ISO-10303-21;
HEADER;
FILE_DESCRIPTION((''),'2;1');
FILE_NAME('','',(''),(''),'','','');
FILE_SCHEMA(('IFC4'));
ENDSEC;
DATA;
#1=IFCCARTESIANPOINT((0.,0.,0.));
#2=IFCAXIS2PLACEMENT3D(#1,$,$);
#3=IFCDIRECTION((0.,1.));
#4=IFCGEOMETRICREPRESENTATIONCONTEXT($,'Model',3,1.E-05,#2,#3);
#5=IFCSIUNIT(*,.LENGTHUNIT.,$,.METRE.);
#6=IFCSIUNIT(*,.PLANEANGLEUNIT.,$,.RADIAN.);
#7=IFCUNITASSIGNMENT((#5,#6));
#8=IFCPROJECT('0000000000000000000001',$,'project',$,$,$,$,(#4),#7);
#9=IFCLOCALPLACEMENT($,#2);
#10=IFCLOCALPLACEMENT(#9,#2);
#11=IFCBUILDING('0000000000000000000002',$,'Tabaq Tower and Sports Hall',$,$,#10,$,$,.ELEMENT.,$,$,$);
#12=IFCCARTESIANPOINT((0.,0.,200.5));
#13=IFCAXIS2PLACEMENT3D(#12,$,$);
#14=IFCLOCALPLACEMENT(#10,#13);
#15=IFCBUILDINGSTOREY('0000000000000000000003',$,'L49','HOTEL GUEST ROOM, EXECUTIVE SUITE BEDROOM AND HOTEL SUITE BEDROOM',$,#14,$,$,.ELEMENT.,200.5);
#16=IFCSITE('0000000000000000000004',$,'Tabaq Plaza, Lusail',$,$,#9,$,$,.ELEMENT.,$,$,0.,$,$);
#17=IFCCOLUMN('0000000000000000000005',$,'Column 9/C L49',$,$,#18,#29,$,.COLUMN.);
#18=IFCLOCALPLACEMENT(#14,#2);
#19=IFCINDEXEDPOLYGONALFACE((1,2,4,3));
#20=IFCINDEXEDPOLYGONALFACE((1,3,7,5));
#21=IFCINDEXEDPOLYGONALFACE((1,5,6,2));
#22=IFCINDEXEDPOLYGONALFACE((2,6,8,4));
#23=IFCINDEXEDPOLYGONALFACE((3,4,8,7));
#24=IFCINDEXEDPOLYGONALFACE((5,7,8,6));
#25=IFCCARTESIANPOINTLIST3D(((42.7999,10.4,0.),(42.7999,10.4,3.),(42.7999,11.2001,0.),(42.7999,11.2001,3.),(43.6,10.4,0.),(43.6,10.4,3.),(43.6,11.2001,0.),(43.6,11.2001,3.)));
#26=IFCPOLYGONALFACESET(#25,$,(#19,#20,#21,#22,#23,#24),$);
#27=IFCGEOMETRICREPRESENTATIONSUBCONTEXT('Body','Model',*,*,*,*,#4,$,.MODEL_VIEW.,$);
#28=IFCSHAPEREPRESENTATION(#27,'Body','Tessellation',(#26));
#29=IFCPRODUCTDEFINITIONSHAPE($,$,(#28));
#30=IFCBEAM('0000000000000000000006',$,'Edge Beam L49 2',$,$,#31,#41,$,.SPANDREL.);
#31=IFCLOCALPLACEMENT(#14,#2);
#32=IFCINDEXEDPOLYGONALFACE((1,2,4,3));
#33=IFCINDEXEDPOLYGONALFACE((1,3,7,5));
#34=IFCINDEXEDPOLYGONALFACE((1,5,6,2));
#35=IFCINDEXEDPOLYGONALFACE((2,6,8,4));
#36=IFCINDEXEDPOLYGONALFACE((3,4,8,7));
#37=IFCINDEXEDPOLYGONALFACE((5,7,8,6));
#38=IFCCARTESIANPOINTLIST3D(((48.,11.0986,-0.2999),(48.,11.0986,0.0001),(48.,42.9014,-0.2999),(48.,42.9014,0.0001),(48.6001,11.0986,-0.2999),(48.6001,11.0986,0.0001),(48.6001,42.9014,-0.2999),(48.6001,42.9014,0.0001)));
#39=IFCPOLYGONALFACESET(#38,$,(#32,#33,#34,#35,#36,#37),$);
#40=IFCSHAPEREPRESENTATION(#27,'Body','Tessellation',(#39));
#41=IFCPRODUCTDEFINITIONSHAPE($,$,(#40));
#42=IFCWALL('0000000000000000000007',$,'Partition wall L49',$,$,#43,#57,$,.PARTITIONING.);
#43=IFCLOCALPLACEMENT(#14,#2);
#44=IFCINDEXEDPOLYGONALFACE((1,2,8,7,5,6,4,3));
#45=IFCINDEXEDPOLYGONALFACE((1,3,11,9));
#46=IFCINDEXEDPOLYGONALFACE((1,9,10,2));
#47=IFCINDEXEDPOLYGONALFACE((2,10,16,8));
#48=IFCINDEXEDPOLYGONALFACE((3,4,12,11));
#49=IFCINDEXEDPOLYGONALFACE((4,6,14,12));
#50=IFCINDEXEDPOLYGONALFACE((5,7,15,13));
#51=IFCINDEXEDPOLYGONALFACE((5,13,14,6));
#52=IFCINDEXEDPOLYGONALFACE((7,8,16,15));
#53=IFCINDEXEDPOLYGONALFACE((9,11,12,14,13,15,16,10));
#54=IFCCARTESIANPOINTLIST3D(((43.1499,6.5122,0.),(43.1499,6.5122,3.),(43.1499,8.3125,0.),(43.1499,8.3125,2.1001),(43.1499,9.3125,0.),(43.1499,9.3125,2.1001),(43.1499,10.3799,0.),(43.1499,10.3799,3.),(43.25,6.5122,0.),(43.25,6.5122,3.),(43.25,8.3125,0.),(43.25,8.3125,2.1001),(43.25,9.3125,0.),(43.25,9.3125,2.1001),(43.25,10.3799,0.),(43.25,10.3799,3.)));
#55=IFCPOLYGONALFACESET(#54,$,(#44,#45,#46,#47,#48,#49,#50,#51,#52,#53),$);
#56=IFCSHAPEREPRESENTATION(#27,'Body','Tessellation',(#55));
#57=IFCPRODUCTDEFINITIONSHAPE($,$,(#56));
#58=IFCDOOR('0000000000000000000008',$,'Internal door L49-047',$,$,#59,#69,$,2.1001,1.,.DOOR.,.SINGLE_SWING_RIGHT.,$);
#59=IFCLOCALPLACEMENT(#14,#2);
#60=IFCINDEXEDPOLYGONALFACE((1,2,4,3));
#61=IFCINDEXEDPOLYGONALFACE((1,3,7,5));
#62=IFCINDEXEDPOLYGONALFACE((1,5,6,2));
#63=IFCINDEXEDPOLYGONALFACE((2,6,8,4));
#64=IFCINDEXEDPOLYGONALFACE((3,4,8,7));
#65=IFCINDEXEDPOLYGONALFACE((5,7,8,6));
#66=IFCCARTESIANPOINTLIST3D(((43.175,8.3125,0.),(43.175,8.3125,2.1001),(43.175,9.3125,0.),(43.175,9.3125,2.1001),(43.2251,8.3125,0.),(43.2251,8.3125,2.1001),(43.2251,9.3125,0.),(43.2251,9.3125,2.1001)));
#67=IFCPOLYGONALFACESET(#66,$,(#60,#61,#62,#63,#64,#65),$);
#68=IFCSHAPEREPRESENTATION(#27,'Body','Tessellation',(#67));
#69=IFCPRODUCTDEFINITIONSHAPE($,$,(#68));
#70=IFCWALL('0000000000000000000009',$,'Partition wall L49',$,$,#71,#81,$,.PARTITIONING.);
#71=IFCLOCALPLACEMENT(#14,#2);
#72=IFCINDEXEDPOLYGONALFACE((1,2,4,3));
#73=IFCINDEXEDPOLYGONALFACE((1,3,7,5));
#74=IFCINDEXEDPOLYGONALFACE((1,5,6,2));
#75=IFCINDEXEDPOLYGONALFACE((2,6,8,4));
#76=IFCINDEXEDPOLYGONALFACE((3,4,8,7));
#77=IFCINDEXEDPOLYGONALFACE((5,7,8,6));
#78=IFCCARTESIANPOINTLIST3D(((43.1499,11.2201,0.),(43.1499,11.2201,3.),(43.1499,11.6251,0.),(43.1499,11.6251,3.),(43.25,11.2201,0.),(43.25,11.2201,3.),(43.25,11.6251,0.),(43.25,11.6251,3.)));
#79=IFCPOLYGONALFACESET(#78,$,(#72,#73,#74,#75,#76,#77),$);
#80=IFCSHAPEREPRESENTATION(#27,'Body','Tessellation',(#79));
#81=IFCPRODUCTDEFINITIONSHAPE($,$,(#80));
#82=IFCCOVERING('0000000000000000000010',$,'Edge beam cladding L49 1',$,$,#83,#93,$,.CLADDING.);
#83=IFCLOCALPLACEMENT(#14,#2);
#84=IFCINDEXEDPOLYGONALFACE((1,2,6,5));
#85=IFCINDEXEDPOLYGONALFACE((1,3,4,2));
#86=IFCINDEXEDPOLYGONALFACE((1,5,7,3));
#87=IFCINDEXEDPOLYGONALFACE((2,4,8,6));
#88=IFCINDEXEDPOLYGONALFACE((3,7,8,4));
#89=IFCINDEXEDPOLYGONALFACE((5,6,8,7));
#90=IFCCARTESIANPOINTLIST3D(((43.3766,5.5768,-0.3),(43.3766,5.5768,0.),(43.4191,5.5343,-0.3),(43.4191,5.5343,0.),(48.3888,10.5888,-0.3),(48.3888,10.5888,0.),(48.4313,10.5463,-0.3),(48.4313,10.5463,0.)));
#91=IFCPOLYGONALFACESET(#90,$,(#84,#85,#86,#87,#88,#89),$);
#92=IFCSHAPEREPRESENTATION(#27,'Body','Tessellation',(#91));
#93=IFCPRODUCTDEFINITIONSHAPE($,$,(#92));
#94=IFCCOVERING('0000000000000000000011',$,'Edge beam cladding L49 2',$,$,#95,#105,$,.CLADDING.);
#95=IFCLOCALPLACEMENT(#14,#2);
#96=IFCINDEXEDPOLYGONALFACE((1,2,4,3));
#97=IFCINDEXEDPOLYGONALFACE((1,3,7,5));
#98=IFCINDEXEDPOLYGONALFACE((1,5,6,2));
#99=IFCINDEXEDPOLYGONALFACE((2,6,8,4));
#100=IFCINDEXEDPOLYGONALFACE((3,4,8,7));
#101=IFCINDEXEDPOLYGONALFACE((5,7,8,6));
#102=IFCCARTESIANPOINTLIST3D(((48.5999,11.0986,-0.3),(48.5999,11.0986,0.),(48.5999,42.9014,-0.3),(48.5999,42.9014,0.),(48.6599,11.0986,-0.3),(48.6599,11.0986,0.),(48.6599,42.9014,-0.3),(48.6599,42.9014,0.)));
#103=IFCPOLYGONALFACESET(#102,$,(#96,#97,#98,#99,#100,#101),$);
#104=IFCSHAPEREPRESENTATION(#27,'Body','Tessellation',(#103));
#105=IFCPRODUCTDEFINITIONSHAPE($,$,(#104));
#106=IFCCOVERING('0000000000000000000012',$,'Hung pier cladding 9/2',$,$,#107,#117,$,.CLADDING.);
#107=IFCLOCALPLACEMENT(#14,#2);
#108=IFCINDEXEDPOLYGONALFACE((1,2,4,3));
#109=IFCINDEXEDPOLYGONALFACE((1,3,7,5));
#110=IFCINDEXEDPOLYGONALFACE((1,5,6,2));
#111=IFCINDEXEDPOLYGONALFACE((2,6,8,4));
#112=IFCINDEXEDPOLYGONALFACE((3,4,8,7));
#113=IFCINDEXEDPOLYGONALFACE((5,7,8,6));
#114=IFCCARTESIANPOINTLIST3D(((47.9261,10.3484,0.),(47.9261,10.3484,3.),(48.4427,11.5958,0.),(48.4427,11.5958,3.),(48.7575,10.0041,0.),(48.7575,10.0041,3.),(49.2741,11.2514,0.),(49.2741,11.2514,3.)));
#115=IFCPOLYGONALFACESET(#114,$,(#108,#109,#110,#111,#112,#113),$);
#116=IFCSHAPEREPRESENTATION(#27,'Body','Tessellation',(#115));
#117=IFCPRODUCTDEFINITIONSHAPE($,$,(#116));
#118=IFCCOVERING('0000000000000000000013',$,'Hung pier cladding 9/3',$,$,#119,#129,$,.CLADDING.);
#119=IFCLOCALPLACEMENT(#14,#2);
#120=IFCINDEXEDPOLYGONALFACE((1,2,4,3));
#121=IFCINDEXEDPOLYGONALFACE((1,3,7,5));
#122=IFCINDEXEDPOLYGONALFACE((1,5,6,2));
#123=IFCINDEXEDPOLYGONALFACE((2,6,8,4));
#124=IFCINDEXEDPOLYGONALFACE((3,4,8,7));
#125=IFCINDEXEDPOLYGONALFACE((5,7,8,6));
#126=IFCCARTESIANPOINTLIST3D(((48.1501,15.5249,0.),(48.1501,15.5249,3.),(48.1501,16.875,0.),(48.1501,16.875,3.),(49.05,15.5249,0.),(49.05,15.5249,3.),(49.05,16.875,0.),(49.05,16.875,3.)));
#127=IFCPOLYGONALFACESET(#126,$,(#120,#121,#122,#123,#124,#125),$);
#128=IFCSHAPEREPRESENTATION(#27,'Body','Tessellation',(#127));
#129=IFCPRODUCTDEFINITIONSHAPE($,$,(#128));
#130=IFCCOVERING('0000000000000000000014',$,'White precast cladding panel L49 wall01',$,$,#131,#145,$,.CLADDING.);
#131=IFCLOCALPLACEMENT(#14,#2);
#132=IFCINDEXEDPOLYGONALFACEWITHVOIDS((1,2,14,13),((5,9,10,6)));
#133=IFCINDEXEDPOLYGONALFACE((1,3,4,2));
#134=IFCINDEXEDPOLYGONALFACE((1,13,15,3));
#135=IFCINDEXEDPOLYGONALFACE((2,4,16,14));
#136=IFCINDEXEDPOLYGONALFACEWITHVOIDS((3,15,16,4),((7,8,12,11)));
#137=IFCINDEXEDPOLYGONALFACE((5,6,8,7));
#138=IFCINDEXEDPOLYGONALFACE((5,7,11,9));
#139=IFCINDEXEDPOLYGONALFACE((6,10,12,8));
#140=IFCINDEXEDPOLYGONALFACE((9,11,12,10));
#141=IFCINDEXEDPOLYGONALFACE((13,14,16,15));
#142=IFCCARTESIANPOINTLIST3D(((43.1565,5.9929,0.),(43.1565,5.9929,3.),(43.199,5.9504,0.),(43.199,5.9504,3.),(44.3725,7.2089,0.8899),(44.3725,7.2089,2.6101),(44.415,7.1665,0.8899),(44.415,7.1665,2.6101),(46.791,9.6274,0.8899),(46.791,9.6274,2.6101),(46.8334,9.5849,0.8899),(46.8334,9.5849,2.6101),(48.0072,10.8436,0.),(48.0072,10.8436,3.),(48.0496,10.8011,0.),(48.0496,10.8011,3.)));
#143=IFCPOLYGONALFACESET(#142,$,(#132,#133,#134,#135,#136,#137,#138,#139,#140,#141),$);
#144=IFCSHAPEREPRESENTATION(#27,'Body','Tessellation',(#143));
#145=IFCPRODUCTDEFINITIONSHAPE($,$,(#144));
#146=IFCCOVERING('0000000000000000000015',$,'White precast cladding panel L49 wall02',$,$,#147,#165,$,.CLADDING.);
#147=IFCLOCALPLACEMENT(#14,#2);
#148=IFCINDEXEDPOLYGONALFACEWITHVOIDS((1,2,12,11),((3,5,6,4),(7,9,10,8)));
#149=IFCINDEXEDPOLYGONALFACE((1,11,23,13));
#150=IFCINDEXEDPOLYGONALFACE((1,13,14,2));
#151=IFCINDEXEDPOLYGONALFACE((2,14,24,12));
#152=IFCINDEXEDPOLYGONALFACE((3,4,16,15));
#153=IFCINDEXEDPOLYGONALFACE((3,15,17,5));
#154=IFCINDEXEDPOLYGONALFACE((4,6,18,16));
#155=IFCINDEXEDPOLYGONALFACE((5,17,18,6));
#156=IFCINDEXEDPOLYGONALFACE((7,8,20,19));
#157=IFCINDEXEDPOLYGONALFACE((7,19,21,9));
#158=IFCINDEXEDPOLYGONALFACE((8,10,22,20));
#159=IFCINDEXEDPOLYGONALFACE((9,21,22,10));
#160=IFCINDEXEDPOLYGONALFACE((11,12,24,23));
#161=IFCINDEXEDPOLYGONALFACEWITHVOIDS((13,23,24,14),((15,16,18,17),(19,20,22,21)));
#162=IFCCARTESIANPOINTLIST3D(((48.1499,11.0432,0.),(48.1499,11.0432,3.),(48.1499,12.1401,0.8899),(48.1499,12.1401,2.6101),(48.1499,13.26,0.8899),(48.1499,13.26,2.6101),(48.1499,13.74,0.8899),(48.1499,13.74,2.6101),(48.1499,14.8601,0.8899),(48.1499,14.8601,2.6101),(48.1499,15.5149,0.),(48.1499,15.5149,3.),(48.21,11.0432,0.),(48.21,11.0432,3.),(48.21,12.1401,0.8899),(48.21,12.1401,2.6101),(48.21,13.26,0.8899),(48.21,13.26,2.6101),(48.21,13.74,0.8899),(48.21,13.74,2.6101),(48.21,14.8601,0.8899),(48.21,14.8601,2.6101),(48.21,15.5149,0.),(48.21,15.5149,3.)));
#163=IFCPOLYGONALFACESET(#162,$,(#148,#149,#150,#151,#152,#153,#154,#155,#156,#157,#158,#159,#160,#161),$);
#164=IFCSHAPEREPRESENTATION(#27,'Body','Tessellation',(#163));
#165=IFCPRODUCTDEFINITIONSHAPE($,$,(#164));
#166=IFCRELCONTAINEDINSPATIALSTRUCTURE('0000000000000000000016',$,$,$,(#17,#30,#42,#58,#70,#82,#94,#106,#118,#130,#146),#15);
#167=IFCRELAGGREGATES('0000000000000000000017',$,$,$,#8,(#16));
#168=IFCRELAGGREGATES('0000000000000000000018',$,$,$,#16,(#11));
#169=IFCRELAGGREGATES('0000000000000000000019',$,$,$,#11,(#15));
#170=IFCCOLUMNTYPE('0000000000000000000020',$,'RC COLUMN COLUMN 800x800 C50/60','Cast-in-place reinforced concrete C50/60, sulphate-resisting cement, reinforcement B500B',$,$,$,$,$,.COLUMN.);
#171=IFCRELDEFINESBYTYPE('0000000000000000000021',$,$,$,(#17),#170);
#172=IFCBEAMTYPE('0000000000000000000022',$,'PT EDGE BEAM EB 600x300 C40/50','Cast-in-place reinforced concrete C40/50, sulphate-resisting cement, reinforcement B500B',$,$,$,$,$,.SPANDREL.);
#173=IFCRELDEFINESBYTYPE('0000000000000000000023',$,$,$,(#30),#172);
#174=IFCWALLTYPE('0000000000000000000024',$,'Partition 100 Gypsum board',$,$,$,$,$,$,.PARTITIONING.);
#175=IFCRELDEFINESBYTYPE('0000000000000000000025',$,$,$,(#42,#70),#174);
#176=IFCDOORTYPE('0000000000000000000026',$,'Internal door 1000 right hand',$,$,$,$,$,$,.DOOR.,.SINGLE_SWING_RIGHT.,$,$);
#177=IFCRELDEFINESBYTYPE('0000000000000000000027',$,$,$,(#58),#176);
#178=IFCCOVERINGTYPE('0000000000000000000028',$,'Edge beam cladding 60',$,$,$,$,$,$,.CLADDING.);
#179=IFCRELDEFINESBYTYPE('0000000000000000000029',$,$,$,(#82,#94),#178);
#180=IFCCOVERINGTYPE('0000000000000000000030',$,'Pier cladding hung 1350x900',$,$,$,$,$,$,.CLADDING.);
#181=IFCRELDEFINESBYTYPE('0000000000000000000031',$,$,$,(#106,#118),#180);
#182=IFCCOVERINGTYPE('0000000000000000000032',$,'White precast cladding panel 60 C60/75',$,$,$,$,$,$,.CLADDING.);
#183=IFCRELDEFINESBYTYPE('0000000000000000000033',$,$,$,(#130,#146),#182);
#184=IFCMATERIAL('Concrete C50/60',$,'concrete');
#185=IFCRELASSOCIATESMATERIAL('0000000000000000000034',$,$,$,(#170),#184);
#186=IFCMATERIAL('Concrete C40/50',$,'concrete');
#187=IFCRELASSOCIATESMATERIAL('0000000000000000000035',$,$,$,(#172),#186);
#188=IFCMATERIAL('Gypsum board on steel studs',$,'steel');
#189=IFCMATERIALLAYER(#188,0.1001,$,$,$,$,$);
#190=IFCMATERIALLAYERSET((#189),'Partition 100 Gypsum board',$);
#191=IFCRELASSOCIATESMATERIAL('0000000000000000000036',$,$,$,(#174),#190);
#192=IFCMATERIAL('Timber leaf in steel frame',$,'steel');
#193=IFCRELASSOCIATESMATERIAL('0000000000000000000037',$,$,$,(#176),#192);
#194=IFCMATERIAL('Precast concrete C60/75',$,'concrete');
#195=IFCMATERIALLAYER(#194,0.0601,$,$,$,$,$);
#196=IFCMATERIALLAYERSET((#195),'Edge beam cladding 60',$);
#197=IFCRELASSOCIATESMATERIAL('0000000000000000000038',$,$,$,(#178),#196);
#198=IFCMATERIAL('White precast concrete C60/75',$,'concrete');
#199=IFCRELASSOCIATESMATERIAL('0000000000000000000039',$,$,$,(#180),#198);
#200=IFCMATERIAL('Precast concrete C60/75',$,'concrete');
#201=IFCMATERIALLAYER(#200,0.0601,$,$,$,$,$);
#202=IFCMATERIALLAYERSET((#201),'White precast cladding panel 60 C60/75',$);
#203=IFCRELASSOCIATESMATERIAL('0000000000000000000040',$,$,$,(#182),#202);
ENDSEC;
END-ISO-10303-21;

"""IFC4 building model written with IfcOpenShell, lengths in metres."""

from ifc_helpers import new_model, si_unit, direction, frame, frame_2d, origin, origin_2d, place, context, subcontext, project, spatial, polyline, rectangle, outline, extrude, material, layer, layer_set, material_profile, profile_set, type_object, element, fill, save


model = new_model("IFC4")

# Units and contexts
model_context = context("Model", 3, precision=1e-05, world=origin(), true_north=direction((0.0, 1.0)))
body_context = subcontext(model_context, "Body", "Model", "MODEL_VIEW")
ifc_project = project(units=[si_unit("LENGTHUNIT", "METRE"), si_unit("PLANEANGLEUNIT", "RADIAN")], contexts=[model_context])

# Site, building, storey
site_placement = place(None, origin())
site = spatial("IfcSite", under=ifc_project, at=site_placement, Name="Tabaq Plaza, Lusail", CompositionType="ELEMENT", RefElevation=0.0)
building_placement = place(site_placement, origin())
building = spatial("IfcBuilding", under=site, at=building_placement, Name="Tabaq Tower and Sports Hall", CompositionType="ELEMENT")
storey_placement = place(building_placement, frame((0.0, 0.0, 200.5)))
storey = spatial("IfcBuildingStorey", under=building, at=storey_placement, Name="L49", Description="HOTEL GUEST ROOM, EXECUTIVE SUITE BEDROOM AND HOTEL SUITE BEDROOM", CompositionType="ELEMENT", Elevation=200.5)

# Column
ifc_material_1 = material(Name="Concrete C50/60", Category="concrete")
ifc_material_profile_1 = material_profile(ifc_material_1, rectangle(XDim=0.8, YDim=0.8, at=origin_2d()), Name="COLUMN 800x800")
ifc_profile_set_1 = profile_set([ifc_material_profile_1], Name="Concrete C50/60")
column_type = type_object("IfcColumnType", Name="RC COLUMN COLUMN 800x800 C50/60", Description="Cast-in-place reinforced concrete C50/60, sulphate-resisting cement, reinforcement B500B", PredefinedType="COLUMN", material=ifc_profile_set_1)
column_placement = place(storey_placement, frame((43.2, 10.8, 0.0), z_axis=(0.0, 0.0, 1.0), x_axis=(1.0, 0.0, 0.0)))
element("IfcColumn", 1, at=column_placement, inside=storey, type_object=column_type, Name="Column 9/C L49", PredefinedType="COLUMN", context=body_context, shape_type="SweptSolid", body=[
    extrude(rectangle(XDim=0.8, YDim=0.8, at=origin_2d()), origin(), (0.0, 0.0, 1.0), 3.0),
])

# Beam
ifc_material_2 = material(Name="Concrete C40/50", Category="concrete")
ifc_material_profile_2 = material_profile(ifc_material_2, rectangle(XDim=0.6001, YDim=0.3, at=origin_2d()), Name="EB 600x300")
ifc_profile_set_2 = profile_set([ifc_material_profile_2], Name="Concrete C40/50")
beam_type = type_object("IfcBeamType", Name="PT EDGE BEAM EB 600x300 C40/50", Description="Cast-in-place reinforced concrete C40/50, sulphate-resisting cement, reinforcement B500B", PredefinedType="SPANDREL", material=ifc_profile_set_2)
beam_placement = place(storey_placement, frame((48.3, 11.0986, -0.1499), z_axis=(0.0, 1.0, 0.0), x_axis=(-1.0, 0.0, 0.0)))
element("IfcBeam", 2, at=beam_placement, inside=storey, type_object=beam_type, Name="Edge Beam L49 2", PredefinedType="SPANDREL", context=body_context, shape_type="SweptSolid", body=[
    extrude(rectangle(XDim=0.6001, YDim=0.3, at=origin_2d()), origin(), (0.0, 0.0, 1.0), 31.8027),
])

# Wall, opening, door
ifc_material_3 = material(Name="Gypsum board on steel studs", Category="steel")
ifc_layer_1 = layer(ifc_material_3, 0.1001)
ifc_layer_set_1 = layer_set([ifc_layer_1], Name="Partition 100 Gypsum board")
wall_type_1 = type_object("IfcWallType", Name="Partition 100 Gypsum board", PredefinedType="PARTITIONING", material=ifc_layer_set_1)
wall_1_placement = place(storey_placement, frame((43.2, 6.5122, 0.0), z_axis=(0.0, 0.0, 1.0), x_axis=(0.0, 1.0, 0.0)))
wall_1 = element("IfcWall", 3, at=wall_1_placement, inside=storey, type_object=wall_type_1, Name="Partition wall L49", PredefinedType="PARTITIONING", context=body_context, shape_type="SweptSolid", body=[
    extrude(rectangle(XDim=3.8677, YDim=0.1001, at=frame_2d((1.9338, 0.0))), origin(), (0.0, 0.0, 1.0), 3.0),
])
opening_1_placement = place(wall_1_placement, frame((1.8003, 0.0, 0.0)))
opening_1 = element("IfcOpeningElement", 4, at=opening_1_placement, cuts=wall_1, PredefinedType="OPENING", context=body_context, shape_type="SweptSolid", body=[
    extrude(rectangle(XDim=1.0, YDim=2.1001, at=frame_2d((0.5, 1.05))), frame((0.0, 0.05, 0.0), z_axis=(0.0, -1.0, 0.0), x_axis=(1.0, 0.0, 0.0)), (0.0, 0.0, 1.0), 0.1001),
])
ifc_material_4 = material(Name="Timber leaf in steel frame", Category="steel")
door_type = type_object("IfcDoorType", Name="Internal door 1000 right hand", OperationType="SINGLE_SWING_RIGHT", PredefinedType="DOOR", material=ifc_material_4)
door_placement = place(opening_1_placement, origin())
door = element("IfcDoor", 5, at=door_placement, inside=storey, type_object=door_type, Name="Internal door L49-047", OperationType="SINGLE_SWING_RIGHT", OverallHeight=2.1001, OverallWidth=1.0, PredefinedType="DOOR", context=body_context, shape_type="SweptSolid", body=[
    extrude(rectangle(XDim=1.0, YDim=2.1001, at=frame_2d((0.5, 1.05))), frame((0.0, 0.0249, 0.0), z_axis=(0.0, -1.0, 0.0), x_axis=(1.0, 0.0, 0.0)), (0.0, 0.0, 1.0), 0.05),
])
fill(opening_1, door)

# Wall
wall_2_placement = place(storey_placement, frame((43.2, 11.22, 0.0), z_axis=(0.0, 0.0, 1.0), x_axis=(0.0, 1.0, 0.0)))
element("IfcWall", 6, at=wall_2_placement, inside=storey, type_object=wall_type_1, Name="Partition wall L49", PredefinedType="PARTITIONING", context=body_context, shape_type="SweptSolid", body=[
    extrude(rectangle(XDim=0.405, YDim=0.1001, at=frame_2d((0.2026, 0.0))), origin(), (0.0, 0.0, 1.0), 3.0),
])

# Coverings
ifc_material_5 = material(Name="Precast concrete C60/75", Category="concrete")
ifc_layer_2 = layer(ifc_material_5, 0.0601)
ifc_layer_set_2 = layer_set([ifc_layer_2], Name="Edge beam cladding 60")
covering_type_1 = type_object("IfcCoveringType", Name="Edge beam cladding 60", PredefinedType="CLADDING", material=ifc_layer_set_2)
covering_1_placement = place(storey_placement, frame((43.3979, 5.5557, -0.3), z_axis=(0.0, 0.0, 1.0), x_axis=(0.707124, 0.70709, 0.0)))
element("IfcCovering", 7, at=covering_1_placement, inside=storey, type_object=covering_type_1, Name="Edge beam cladding L49 1", PredefinedType="CLADDING", context=body_context, shape_type="SweptSolid", body=[
    extrude(rectangle(XDim=7.0881, YDim=0.0601, at=frame_2d((3.5439, 0.0))), origin(), (0.0, 0.0, 1.0), 0.3),
])
covering_2_placement = place(storey_placement, frame((48.6299, 11.0986, -0.3), z_axis=(0.0, 0.0, 1.0), x_axis=(0.0, 1.0, 0.0)))
element("IfcCovering", 8, at=covering_2_placement, inside=storey, type_object=covering_type_1, Name="Edge beam cladding L49 2", PredefinedType="CLADDING", context=body_context, shape_type="SweptSolid", body=[
    extrude(rectangle(XDim=31.8027, YDim=0.0601, at=frame_2d((15.9014, 0.0))), origin(), (0.0, 0.0, 1.0), 0.3),
])
ifc_material_6 = material(Name="White precast concrete C60/75", Category="concrete")
covering_type_2 = type_object("IfcCoveringType", Name="Pier cladding hung 1350x900", PredefinedType="CLADDING", material=ifc_material_6)
for number, where, z_axis, x_axis, name in (
    (9, (48.3418, 10.1763, 0.0), (0.0, 0.0, 1.0), (0.38265, 0.923893, 0.0), "Hung pier cladding 9/2"),
    (10, (48.6001, 15.5249, 0.0), (0.0, 0.0, 1.0), (0.0, 1.0, 0.0), "Hung pier cladding 9/3"),
):
    element("IfcCovering", number, at=place(storey_placement, frame(where, z_axis=z_axis, x_axis=x_axis)), inside=storey, type_object=covering_type_2, Name=name, PredefinedType="CLADDING", context=body_context, shape_type="SweptSolid", body=[
        extrude(rectangle(XDim=1.3501, YDim=0.8999, at=frame_2d((0.675, 0.0))), origin(), (0.0, 0.0, 1.0), 3.0),
    ])
ifc_material_7 = material(Name="Precast concrete C60/75", Category="concrete")
ifc_layer_3 = layer(ifc_material_7, 0.0601)
ifc_layer_set_3 = layer_set([ifc_layer_3], Name="White precast cladding panel 60 C60/75")
covering_type_3 = type_object("IfcCoveringType", Name="White precast cladding panel 60 C60/75", PredefinedType="CLADDING", material=ifc_layer_set_3)
covering_3_placement = place(storey_placement, frame((43.1777, 5.9717, 0.0), z_axis=(0.0, 0.0, 1.0), x_axis=(0.707107, 0.707107, 0.0)))
element("IfcCovering", 11, at=covering_3_placement, inside=storey, type_object=covering_type_3, Name="White precast cladding panel L49 wall01", PredefinedType="CLADDING", context=body_context, shape_type="SweptSolid", body=[
    extrude(outline(polyline([(0.0, 0.0), (6.8599, 0.0), (6.8599, 3.0), (0.0, 3.0), (0.0, 0.0)]), holes=[polyline([(1.7197, 0.8899), (1.7197, 2.6101), (5.1399, 2.6101), (5.1399, 0.8899), (1.7197, 0.8899)])]), frame((0.0, 0.03, 0.0), z_axis=(0.0, -1.0, 0.0), x_axis=(1.0, 0.0, 0.0)), (0.0, 0.0, 1.0), 0.0601),
])
covering_4_placement = place(storey_placement, frame((48.1799, 11.0432, 0.0), z_axis=(0.0, 0.0, 1.0), x_axis=(0.0, 1.0, 0.0)))
element("IfcCovering", 12, at=covering_4_placement, inside=storey, type_object=covering_type_3, Name="White precast cladding panel L49 wall02", PredefinedType="CLADDING", context=body_context, shape_type="SweptSolid", body=[
    extrude(outline(polyline([(0.0, 0.0), (4.4717, 0.0), (4.4717, 3.0), (0.0, 3.0), (0.0, 0.0)]), holes=[polyline([(1.0969, 2.6101), (2.2168, 2.6101), (2.2168, 0.8899), (1.0969, 0.8899), (1.0969, 2.6101)]), polyline([(2.6968, 2.6101), (3.8169, 2.6101), (3.8169, 0.8899), (2.6968, 0.8899), (2.6968, 2.6101)])]), frame((0.0, 0.03, 0.0), z_axis=(0.0, -1.0, 0.0), x_axis=(1.0, 0.0, 0.0)), (0.0, 0.0, 1.0), 0.0601),
])

save(model, "model.ifc")
